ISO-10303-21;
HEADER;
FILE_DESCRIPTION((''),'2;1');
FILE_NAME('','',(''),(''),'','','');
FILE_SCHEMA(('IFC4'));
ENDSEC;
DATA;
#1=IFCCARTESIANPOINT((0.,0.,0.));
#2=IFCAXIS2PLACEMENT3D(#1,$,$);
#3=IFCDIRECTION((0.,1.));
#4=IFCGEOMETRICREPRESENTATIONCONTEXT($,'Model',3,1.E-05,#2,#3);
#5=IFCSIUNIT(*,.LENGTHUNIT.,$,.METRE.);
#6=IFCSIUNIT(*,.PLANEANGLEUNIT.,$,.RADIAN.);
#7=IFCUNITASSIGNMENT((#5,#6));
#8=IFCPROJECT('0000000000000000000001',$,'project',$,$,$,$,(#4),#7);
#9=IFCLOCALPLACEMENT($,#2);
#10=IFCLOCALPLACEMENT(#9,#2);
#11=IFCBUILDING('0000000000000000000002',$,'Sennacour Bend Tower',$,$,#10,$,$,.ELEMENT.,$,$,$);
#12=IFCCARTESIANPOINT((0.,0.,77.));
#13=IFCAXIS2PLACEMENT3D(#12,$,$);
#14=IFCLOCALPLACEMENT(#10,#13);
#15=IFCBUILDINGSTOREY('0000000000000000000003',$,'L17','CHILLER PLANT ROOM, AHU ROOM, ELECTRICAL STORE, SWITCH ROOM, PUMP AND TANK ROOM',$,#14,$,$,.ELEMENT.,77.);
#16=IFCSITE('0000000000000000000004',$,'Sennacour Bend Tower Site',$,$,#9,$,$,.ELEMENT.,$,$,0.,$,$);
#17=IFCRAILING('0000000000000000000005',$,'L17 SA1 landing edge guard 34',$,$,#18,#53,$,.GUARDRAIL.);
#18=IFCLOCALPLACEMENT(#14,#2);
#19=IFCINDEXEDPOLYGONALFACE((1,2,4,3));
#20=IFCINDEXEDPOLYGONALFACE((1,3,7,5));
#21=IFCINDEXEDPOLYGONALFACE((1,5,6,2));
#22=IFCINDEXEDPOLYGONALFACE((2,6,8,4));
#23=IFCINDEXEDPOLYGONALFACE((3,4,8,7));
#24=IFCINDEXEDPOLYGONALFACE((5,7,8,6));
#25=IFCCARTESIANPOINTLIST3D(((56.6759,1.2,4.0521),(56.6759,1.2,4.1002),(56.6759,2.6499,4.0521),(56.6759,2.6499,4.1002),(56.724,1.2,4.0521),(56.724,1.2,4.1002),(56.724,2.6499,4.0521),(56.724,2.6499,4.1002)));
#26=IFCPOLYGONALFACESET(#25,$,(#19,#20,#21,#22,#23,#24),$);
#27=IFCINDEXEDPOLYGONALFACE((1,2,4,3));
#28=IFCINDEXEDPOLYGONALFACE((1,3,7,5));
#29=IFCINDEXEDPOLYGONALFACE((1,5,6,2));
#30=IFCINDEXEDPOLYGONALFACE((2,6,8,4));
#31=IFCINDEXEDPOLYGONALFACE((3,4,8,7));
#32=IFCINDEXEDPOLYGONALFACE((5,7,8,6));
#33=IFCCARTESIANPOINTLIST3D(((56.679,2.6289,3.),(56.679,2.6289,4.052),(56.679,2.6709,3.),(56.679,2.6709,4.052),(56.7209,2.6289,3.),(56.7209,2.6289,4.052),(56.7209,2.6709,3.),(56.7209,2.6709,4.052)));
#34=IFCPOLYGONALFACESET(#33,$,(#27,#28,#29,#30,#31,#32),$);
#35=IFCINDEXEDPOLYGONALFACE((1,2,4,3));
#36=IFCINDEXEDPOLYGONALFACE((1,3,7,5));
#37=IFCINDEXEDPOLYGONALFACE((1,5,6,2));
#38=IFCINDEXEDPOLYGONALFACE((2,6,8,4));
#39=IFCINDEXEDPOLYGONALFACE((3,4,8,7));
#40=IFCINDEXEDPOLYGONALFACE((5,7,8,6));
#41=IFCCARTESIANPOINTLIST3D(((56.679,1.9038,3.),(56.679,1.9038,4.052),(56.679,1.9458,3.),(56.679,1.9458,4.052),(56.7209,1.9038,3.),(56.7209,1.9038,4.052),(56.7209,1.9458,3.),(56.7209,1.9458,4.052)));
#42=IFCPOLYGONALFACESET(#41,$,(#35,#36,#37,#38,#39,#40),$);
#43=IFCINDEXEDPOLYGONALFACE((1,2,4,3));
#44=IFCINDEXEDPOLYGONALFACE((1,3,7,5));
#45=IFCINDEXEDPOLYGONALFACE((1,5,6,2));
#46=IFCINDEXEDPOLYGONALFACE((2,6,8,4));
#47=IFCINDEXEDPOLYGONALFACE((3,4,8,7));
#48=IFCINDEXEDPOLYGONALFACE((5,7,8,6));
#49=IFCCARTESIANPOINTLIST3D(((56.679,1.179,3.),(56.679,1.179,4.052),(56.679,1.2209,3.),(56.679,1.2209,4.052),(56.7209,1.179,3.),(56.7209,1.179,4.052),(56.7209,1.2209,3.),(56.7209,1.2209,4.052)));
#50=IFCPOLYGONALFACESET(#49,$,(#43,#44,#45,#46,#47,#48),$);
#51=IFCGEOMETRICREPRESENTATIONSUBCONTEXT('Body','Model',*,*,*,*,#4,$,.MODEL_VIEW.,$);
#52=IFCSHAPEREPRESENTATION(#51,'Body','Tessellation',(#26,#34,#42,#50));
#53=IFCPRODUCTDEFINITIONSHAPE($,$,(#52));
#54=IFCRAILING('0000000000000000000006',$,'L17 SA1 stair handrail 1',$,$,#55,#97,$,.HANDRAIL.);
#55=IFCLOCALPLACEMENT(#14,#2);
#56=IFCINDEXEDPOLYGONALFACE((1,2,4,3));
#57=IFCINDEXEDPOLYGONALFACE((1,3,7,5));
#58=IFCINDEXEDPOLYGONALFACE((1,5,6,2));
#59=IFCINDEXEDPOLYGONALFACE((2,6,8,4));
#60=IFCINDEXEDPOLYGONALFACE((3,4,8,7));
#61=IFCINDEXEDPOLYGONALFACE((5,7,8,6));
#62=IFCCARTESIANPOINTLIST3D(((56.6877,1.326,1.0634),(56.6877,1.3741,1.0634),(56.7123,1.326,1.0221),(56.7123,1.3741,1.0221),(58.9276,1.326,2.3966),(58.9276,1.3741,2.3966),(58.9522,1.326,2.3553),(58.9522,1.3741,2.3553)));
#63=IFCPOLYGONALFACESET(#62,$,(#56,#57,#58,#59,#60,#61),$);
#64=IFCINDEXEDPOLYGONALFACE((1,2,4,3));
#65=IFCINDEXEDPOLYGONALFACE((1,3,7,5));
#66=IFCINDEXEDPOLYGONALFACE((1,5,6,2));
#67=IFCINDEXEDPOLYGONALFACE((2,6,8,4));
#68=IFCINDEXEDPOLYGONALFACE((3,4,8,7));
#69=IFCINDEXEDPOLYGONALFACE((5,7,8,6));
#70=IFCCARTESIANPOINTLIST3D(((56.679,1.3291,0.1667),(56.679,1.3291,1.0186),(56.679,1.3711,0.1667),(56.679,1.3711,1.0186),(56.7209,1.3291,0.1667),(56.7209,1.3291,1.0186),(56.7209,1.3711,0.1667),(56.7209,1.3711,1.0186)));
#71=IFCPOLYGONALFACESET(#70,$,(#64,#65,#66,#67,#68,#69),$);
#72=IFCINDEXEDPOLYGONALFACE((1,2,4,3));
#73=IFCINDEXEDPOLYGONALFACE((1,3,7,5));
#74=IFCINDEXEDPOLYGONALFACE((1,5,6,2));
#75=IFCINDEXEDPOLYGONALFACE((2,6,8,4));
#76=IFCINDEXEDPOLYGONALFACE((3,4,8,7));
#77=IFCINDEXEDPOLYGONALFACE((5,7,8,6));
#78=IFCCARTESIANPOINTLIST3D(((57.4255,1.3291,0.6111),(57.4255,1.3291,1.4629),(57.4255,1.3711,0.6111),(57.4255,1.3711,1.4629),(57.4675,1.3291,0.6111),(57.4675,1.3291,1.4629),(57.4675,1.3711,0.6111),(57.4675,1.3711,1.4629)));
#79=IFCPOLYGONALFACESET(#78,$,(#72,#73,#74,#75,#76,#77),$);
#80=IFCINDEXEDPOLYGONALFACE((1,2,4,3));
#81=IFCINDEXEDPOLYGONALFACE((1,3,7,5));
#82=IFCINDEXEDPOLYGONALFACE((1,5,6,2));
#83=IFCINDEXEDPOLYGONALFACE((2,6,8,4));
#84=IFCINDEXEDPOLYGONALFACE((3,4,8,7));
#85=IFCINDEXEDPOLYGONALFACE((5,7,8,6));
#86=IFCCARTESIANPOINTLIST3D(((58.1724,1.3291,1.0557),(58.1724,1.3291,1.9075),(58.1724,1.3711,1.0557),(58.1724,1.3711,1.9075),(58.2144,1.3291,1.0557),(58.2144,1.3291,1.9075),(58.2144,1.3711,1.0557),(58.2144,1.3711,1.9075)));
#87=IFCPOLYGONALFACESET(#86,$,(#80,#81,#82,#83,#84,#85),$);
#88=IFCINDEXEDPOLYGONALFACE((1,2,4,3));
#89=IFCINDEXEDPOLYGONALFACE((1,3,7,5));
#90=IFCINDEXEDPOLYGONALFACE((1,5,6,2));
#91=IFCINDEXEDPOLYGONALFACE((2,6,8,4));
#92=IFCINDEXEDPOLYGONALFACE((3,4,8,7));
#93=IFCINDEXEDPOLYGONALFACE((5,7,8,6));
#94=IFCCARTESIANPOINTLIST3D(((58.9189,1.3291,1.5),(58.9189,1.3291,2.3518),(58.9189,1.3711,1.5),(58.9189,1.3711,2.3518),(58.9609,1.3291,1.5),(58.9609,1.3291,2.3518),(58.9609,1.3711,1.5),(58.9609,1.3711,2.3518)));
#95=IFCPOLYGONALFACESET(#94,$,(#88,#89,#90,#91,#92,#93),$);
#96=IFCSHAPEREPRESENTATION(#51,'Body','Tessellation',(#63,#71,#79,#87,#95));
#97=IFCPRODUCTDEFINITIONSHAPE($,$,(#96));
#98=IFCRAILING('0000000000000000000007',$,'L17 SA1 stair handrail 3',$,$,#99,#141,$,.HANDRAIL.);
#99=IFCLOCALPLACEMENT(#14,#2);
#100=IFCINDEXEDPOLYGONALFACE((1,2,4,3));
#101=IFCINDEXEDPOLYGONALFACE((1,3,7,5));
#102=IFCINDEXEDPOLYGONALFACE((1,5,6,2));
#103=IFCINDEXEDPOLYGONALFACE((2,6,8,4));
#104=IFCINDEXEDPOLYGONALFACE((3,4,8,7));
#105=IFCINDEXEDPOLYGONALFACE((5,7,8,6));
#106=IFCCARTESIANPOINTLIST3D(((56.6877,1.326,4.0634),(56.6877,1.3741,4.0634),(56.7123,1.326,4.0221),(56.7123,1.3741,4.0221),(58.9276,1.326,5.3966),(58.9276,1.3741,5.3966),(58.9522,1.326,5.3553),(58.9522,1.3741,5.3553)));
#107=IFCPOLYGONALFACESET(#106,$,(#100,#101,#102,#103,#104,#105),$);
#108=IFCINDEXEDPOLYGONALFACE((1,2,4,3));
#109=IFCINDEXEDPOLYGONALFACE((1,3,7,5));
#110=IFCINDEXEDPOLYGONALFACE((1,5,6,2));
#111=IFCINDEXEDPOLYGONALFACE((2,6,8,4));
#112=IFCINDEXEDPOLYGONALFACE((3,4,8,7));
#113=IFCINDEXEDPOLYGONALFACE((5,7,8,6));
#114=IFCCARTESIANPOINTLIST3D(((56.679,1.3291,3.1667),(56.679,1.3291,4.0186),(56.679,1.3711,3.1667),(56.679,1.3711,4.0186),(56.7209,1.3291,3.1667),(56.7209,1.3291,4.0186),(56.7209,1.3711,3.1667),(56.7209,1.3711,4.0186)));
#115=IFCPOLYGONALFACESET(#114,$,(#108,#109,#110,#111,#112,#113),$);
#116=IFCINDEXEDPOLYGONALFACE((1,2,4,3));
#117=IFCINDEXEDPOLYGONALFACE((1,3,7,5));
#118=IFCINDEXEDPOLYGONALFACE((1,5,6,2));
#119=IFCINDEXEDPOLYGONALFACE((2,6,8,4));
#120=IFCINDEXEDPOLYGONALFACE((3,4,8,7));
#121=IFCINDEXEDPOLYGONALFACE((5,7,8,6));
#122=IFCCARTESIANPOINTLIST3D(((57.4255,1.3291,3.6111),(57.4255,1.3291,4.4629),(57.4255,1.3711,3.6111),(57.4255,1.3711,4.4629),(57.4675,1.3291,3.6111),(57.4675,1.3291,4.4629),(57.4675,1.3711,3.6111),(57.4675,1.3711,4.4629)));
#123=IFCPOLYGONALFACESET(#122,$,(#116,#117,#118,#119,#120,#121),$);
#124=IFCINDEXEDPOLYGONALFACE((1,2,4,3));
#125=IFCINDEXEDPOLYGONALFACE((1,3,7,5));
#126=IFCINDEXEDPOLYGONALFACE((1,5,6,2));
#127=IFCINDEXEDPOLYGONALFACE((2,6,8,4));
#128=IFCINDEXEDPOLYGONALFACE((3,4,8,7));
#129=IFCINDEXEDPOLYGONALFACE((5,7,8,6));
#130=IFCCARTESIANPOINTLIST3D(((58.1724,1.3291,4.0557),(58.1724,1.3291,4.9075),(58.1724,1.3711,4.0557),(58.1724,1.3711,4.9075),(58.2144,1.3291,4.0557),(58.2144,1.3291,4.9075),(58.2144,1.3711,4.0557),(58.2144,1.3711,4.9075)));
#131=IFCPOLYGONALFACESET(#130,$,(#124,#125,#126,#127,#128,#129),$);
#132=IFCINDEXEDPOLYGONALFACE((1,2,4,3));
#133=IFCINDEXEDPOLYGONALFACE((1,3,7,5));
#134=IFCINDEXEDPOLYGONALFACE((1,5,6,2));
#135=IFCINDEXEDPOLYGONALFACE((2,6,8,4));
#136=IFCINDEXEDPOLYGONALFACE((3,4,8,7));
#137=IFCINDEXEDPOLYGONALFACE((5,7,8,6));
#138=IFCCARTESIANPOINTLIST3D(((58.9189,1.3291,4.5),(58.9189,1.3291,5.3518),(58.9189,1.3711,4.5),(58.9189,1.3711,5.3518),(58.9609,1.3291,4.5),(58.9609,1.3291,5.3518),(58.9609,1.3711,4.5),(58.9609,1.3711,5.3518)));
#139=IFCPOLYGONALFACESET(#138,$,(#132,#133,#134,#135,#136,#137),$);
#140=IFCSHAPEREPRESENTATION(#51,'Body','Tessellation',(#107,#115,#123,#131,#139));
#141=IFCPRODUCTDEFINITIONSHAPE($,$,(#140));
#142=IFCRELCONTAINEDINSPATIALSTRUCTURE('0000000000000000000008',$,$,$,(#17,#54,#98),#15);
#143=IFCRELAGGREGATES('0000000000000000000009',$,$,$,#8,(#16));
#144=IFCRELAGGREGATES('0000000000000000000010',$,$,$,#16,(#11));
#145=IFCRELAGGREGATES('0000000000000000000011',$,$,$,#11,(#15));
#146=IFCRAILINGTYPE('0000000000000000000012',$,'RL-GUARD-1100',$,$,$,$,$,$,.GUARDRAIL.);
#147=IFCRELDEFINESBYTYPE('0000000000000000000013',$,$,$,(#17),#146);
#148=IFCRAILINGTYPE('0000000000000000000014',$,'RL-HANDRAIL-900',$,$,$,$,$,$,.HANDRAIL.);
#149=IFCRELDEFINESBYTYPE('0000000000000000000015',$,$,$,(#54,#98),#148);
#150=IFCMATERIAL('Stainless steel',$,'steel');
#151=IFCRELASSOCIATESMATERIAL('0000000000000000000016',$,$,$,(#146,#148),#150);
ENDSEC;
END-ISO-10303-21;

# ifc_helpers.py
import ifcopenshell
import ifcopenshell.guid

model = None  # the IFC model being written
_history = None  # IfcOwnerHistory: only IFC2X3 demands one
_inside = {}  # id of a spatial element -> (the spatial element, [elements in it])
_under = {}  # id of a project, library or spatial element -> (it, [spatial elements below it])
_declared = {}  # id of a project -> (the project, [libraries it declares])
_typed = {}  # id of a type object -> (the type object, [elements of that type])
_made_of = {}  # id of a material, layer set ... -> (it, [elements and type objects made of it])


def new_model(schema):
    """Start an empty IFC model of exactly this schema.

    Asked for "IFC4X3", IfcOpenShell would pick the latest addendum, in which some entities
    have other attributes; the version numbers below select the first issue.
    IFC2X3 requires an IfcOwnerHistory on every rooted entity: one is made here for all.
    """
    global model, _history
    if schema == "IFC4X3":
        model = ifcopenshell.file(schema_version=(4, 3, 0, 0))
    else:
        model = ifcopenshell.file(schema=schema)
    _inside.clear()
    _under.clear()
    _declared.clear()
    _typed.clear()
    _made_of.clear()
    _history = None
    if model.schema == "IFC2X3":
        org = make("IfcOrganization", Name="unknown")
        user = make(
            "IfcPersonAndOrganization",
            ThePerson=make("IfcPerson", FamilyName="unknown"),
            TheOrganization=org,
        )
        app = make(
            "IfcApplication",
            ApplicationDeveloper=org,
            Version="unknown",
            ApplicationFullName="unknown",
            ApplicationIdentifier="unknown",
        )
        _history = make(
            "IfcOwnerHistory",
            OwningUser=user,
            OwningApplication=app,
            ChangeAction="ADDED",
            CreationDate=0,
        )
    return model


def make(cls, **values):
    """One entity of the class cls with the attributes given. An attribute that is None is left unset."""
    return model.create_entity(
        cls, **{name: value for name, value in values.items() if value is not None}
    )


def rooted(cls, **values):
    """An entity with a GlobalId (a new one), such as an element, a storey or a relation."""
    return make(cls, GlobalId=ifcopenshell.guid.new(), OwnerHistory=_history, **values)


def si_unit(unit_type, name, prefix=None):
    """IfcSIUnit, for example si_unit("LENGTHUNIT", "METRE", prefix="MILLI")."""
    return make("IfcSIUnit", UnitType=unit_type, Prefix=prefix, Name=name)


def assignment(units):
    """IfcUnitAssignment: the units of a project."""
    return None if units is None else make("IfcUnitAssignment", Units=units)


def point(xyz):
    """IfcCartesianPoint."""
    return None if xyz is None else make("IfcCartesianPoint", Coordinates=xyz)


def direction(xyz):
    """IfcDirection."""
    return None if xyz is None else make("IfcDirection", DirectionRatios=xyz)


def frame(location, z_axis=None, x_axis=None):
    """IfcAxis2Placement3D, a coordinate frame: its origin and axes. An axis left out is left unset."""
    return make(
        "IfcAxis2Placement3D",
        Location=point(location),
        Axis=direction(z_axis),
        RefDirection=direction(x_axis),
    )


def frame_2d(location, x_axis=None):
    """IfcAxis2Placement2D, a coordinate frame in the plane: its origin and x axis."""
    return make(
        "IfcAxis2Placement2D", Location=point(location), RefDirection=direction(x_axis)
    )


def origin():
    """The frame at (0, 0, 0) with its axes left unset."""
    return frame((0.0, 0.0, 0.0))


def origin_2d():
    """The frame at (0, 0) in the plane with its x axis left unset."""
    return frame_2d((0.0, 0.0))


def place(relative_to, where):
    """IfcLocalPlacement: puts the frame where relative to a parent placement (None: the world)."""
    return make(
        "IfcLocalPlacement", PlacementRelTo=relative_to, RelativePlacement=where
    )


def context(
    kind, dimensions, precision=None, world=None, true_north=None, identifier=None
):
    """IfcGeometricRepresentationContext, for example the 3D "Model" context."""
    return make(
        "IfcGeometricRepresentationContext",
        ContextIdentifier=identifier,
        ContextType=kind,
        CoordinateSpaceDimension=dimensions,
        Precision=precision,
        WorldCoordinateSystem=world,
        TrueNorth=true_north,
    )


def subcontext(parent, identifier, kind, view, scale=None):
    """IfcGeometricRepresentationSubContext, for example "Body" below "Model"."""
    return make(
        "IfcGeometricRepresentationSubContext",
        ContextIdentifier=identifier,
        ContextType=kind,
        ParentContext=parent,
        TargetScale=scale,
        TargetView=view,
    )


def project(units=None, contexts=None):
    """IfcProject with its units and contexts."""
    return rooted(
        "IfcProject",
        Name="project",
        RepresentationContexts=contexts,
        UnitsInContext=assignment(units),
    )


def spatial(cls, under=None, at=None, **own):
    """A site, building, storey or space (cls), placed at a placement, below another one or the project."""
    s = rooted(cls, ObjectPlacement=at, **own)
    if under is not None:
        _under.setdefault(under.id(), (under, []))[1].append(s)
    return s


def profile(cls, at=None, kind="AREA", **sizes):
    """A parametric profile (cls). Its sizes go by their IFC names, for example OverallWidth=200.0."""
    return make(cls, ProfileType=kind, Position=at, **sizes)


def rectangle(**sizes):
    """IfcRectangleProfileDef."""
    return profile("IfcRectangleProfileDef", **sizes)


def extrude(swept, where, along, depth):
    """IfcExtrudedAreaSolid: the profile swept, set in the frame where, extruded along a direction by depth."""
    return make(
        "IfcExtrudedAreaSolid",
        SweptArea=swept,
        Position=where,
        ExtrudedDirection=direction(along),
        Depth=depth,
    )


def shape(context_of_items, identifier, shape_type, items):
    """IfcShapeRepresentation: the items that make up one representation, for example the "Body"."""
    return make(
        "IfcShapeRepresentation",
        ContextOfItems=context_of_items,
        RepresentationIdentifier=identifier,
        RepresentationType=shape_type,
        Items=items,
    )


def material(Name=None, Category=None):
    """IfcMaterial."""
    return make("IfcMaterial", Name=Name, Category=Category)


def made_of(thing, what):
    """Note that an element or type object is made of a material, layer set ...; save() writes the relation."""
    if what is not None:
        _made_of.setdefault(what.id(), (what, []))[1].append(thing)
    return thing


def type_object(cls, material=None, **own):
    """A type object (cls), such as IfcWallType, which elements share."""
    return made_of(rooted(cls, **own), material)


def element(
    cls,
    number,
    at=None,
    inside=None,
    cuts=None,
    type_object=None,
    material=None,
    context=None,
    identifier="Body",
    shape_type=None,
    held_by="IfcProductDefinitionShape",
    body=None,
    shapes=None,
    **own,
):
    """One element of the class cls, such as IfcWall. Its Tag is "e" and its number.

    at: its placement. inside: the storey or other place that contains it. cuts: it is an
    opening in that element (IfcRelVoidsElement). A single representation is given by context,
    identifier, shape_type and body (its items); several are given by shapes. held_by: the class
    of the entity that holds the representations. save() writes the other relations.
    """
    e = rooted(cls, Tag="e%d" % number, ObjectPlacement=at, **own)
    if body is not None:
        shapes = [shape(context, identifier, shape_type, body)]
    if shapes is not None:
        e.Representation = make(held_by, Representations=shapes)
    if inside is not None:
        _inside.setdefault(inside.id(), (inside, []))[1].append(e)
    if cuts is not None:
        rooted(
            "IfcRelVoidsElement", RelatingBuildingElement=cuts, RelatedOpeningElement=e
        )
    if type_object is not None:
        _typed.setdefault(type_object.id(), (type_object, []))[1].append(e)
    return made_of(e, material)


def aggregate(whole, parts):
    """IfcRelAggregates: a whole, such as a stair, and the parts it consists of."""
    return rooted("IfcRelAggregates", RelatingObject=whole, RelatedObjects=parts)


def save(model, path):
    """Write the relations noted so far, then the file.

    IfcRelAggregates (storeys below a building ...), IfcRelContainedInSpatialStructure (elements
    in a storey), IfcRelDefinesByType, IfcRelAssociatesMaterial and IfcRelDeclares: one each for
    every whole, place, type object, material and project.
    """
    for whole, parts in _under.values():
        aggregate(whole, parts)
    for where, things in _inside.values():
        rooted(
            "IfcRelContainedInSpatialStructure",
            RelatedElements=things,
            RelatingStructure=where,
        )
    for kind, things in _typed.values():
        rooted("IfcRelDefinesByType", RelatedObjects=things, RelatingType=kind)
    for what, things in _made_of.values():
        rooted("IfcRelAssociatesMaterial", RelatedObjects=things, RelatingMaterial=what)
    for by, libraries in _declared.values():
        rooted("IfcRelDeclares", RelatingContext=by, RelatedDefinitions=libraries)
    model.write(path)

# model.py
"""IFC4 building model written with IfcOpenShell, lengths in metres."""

from ifc_helpers import new_model, si_unit, direction, frame, origin, origin_2d, place, context, subcontext, project, spatial, rectangle, extrude, material, type_object, element, save


model = new_model("IFC4")

# Units and contexts
model_context = context("Model", 3, precision=1e-05, world=origin(), true_north=direction((0.0, 1.0)))
body_context = subcontext(model_context, "Body", "Model", "MODEL_VIEW")
ifc_project = project(units=[si_unit("LENGTHUNIT", "METRE"), si_unit("PLANEANGLEUNIT", "RADIAN")], contexts=[model_context])

# Site, building, storey
site_placement = place(None, origin())
site = spatial("IfcSite", under=ifc_project, at=site_placement, Name="Sennacour Bend Tower Site", CompositionType="ELEMENT", RefElevation=0.0)
building_placement = place(site_placement, origin())
building = spatial("IfcBuilding", under=site, at=building_placement, Name="Sennacour Bend Tower", CompositionType="ELEMENT")
storey_placement = place(building_placement, frame((0.0, 0.0, 77.0)))
storey = spatial("IfcBuildingStorey", under=building, at=storey_placement, Name="L17", Description="CHILLER PLANT ROOM, AHU ROOM, ELECTRICAL STORE, SWITCH ROOM, PUMP AND TANK ROOM", CompositionType="ELEMENT", Elevation=77.0)

# Shared definitions
ifc_material_1 = material(Name="Stainless steel", Category="steel")

# Railings
railing_type_1 = type_object("IfcRailingType", Name="RL-GUARD-1100", PredefinedType="GUARDRAIL", material=ifc_material_1)
railing_1_placement = place(storey_placement, frame((56.7, 2.6499, 3.0)))
element("IfcRailing", 1, at=railing_1_placement, inside=storey, type_object=railing_type_1, Name="L17 SA1 landing edge guard 34", PredefinedType="GUARDRAIL", context=body_context, shape_type="SweptSolid", body=[
    extrude(rectangle(XDim=0.0481, YDim=0.0481, at=origin_2d()), frame((0.0, 0.0, 1.0762), z_axis=(0.0, -1.0, 0.0), x_axis=(1.0, 0.0, 0.0)), (0.0, 0.0, 1.0), 1.45),
    extrude(rectangle(XDim=0.042, YDim=0.042, at=origin_2d()), origin(), (0.0, 0.0, 1.0), 1.052),
    extrude(rectangle(XDim=0.042, YDim=0.042, at=origin_2d()), frame((0.0, -0.7251, 0.0)), (0.0, 0.0, 1.0), 1.052),
    extrude(rectangle(XDim=0.042, YDim=0.042, at=origin_2d()), frame((0.0, -1.45, 0.0)), (0.0, 0.0, 1.0), 1.052),
])
railing_type_2 = type_object("IfcRailingType", Name="RL-HANDRAIL-900", PredefinedType="HANDRAIL", material=ifc_material_1)
for number, where, name in (
    (2, (56.7, 1.3501, 0.1667), "L17 SA1 stair handrail 1"),
    (3, (56.7, 1.3501, 3.1667), "L17 SA1 stair handrail 3"),
):
    element("IfcRailing", number, at=place(storey_placement, frame(where)), inside=storey, type_object=railing_type_2, Name=name, PredefinedType="HANDRAIL", context=body_context, shape_type="SweptSolid", body=[
        extrude(rectangle(XDim=0.0481, YDim=0.0481, at=origin_2d()), frame((0.0, 0.0, 0.876), z_axis=(0.859306, 0.0, 0.511462), x_axis=(0.0, 1.0, 0.0)), (0.0, 0.0, 1.0), 2.6067),
        extrude(rectangle(XDim=0.042, YDim=0.042, at=origin_2d()), origin(), (0.0, 0.0, 1.0), 0.8518),
        extrude(rectangle(XDim=0.042, YDim=0.042, at=origin_2d()), frame((0.7466, 0.0, 0.4443)), (0.0, 0.0, 1.0), 0.8518),
        extrude(rectangle(XDim=0.042, YDim=0.042, at=origin_2d()), frame((1.4934, 0.0, 0.8889)), (0.0, 0.0, 1.0), 0.8518),
        extrude(rectangle(XDim=0.042, YDim=0.042, at=origin_2d()), frame((2.24, 0.0, 1.3333)), (0.0, 0.0, 1.0), 0.8518),
    ])

save(model, "model.ifc")
